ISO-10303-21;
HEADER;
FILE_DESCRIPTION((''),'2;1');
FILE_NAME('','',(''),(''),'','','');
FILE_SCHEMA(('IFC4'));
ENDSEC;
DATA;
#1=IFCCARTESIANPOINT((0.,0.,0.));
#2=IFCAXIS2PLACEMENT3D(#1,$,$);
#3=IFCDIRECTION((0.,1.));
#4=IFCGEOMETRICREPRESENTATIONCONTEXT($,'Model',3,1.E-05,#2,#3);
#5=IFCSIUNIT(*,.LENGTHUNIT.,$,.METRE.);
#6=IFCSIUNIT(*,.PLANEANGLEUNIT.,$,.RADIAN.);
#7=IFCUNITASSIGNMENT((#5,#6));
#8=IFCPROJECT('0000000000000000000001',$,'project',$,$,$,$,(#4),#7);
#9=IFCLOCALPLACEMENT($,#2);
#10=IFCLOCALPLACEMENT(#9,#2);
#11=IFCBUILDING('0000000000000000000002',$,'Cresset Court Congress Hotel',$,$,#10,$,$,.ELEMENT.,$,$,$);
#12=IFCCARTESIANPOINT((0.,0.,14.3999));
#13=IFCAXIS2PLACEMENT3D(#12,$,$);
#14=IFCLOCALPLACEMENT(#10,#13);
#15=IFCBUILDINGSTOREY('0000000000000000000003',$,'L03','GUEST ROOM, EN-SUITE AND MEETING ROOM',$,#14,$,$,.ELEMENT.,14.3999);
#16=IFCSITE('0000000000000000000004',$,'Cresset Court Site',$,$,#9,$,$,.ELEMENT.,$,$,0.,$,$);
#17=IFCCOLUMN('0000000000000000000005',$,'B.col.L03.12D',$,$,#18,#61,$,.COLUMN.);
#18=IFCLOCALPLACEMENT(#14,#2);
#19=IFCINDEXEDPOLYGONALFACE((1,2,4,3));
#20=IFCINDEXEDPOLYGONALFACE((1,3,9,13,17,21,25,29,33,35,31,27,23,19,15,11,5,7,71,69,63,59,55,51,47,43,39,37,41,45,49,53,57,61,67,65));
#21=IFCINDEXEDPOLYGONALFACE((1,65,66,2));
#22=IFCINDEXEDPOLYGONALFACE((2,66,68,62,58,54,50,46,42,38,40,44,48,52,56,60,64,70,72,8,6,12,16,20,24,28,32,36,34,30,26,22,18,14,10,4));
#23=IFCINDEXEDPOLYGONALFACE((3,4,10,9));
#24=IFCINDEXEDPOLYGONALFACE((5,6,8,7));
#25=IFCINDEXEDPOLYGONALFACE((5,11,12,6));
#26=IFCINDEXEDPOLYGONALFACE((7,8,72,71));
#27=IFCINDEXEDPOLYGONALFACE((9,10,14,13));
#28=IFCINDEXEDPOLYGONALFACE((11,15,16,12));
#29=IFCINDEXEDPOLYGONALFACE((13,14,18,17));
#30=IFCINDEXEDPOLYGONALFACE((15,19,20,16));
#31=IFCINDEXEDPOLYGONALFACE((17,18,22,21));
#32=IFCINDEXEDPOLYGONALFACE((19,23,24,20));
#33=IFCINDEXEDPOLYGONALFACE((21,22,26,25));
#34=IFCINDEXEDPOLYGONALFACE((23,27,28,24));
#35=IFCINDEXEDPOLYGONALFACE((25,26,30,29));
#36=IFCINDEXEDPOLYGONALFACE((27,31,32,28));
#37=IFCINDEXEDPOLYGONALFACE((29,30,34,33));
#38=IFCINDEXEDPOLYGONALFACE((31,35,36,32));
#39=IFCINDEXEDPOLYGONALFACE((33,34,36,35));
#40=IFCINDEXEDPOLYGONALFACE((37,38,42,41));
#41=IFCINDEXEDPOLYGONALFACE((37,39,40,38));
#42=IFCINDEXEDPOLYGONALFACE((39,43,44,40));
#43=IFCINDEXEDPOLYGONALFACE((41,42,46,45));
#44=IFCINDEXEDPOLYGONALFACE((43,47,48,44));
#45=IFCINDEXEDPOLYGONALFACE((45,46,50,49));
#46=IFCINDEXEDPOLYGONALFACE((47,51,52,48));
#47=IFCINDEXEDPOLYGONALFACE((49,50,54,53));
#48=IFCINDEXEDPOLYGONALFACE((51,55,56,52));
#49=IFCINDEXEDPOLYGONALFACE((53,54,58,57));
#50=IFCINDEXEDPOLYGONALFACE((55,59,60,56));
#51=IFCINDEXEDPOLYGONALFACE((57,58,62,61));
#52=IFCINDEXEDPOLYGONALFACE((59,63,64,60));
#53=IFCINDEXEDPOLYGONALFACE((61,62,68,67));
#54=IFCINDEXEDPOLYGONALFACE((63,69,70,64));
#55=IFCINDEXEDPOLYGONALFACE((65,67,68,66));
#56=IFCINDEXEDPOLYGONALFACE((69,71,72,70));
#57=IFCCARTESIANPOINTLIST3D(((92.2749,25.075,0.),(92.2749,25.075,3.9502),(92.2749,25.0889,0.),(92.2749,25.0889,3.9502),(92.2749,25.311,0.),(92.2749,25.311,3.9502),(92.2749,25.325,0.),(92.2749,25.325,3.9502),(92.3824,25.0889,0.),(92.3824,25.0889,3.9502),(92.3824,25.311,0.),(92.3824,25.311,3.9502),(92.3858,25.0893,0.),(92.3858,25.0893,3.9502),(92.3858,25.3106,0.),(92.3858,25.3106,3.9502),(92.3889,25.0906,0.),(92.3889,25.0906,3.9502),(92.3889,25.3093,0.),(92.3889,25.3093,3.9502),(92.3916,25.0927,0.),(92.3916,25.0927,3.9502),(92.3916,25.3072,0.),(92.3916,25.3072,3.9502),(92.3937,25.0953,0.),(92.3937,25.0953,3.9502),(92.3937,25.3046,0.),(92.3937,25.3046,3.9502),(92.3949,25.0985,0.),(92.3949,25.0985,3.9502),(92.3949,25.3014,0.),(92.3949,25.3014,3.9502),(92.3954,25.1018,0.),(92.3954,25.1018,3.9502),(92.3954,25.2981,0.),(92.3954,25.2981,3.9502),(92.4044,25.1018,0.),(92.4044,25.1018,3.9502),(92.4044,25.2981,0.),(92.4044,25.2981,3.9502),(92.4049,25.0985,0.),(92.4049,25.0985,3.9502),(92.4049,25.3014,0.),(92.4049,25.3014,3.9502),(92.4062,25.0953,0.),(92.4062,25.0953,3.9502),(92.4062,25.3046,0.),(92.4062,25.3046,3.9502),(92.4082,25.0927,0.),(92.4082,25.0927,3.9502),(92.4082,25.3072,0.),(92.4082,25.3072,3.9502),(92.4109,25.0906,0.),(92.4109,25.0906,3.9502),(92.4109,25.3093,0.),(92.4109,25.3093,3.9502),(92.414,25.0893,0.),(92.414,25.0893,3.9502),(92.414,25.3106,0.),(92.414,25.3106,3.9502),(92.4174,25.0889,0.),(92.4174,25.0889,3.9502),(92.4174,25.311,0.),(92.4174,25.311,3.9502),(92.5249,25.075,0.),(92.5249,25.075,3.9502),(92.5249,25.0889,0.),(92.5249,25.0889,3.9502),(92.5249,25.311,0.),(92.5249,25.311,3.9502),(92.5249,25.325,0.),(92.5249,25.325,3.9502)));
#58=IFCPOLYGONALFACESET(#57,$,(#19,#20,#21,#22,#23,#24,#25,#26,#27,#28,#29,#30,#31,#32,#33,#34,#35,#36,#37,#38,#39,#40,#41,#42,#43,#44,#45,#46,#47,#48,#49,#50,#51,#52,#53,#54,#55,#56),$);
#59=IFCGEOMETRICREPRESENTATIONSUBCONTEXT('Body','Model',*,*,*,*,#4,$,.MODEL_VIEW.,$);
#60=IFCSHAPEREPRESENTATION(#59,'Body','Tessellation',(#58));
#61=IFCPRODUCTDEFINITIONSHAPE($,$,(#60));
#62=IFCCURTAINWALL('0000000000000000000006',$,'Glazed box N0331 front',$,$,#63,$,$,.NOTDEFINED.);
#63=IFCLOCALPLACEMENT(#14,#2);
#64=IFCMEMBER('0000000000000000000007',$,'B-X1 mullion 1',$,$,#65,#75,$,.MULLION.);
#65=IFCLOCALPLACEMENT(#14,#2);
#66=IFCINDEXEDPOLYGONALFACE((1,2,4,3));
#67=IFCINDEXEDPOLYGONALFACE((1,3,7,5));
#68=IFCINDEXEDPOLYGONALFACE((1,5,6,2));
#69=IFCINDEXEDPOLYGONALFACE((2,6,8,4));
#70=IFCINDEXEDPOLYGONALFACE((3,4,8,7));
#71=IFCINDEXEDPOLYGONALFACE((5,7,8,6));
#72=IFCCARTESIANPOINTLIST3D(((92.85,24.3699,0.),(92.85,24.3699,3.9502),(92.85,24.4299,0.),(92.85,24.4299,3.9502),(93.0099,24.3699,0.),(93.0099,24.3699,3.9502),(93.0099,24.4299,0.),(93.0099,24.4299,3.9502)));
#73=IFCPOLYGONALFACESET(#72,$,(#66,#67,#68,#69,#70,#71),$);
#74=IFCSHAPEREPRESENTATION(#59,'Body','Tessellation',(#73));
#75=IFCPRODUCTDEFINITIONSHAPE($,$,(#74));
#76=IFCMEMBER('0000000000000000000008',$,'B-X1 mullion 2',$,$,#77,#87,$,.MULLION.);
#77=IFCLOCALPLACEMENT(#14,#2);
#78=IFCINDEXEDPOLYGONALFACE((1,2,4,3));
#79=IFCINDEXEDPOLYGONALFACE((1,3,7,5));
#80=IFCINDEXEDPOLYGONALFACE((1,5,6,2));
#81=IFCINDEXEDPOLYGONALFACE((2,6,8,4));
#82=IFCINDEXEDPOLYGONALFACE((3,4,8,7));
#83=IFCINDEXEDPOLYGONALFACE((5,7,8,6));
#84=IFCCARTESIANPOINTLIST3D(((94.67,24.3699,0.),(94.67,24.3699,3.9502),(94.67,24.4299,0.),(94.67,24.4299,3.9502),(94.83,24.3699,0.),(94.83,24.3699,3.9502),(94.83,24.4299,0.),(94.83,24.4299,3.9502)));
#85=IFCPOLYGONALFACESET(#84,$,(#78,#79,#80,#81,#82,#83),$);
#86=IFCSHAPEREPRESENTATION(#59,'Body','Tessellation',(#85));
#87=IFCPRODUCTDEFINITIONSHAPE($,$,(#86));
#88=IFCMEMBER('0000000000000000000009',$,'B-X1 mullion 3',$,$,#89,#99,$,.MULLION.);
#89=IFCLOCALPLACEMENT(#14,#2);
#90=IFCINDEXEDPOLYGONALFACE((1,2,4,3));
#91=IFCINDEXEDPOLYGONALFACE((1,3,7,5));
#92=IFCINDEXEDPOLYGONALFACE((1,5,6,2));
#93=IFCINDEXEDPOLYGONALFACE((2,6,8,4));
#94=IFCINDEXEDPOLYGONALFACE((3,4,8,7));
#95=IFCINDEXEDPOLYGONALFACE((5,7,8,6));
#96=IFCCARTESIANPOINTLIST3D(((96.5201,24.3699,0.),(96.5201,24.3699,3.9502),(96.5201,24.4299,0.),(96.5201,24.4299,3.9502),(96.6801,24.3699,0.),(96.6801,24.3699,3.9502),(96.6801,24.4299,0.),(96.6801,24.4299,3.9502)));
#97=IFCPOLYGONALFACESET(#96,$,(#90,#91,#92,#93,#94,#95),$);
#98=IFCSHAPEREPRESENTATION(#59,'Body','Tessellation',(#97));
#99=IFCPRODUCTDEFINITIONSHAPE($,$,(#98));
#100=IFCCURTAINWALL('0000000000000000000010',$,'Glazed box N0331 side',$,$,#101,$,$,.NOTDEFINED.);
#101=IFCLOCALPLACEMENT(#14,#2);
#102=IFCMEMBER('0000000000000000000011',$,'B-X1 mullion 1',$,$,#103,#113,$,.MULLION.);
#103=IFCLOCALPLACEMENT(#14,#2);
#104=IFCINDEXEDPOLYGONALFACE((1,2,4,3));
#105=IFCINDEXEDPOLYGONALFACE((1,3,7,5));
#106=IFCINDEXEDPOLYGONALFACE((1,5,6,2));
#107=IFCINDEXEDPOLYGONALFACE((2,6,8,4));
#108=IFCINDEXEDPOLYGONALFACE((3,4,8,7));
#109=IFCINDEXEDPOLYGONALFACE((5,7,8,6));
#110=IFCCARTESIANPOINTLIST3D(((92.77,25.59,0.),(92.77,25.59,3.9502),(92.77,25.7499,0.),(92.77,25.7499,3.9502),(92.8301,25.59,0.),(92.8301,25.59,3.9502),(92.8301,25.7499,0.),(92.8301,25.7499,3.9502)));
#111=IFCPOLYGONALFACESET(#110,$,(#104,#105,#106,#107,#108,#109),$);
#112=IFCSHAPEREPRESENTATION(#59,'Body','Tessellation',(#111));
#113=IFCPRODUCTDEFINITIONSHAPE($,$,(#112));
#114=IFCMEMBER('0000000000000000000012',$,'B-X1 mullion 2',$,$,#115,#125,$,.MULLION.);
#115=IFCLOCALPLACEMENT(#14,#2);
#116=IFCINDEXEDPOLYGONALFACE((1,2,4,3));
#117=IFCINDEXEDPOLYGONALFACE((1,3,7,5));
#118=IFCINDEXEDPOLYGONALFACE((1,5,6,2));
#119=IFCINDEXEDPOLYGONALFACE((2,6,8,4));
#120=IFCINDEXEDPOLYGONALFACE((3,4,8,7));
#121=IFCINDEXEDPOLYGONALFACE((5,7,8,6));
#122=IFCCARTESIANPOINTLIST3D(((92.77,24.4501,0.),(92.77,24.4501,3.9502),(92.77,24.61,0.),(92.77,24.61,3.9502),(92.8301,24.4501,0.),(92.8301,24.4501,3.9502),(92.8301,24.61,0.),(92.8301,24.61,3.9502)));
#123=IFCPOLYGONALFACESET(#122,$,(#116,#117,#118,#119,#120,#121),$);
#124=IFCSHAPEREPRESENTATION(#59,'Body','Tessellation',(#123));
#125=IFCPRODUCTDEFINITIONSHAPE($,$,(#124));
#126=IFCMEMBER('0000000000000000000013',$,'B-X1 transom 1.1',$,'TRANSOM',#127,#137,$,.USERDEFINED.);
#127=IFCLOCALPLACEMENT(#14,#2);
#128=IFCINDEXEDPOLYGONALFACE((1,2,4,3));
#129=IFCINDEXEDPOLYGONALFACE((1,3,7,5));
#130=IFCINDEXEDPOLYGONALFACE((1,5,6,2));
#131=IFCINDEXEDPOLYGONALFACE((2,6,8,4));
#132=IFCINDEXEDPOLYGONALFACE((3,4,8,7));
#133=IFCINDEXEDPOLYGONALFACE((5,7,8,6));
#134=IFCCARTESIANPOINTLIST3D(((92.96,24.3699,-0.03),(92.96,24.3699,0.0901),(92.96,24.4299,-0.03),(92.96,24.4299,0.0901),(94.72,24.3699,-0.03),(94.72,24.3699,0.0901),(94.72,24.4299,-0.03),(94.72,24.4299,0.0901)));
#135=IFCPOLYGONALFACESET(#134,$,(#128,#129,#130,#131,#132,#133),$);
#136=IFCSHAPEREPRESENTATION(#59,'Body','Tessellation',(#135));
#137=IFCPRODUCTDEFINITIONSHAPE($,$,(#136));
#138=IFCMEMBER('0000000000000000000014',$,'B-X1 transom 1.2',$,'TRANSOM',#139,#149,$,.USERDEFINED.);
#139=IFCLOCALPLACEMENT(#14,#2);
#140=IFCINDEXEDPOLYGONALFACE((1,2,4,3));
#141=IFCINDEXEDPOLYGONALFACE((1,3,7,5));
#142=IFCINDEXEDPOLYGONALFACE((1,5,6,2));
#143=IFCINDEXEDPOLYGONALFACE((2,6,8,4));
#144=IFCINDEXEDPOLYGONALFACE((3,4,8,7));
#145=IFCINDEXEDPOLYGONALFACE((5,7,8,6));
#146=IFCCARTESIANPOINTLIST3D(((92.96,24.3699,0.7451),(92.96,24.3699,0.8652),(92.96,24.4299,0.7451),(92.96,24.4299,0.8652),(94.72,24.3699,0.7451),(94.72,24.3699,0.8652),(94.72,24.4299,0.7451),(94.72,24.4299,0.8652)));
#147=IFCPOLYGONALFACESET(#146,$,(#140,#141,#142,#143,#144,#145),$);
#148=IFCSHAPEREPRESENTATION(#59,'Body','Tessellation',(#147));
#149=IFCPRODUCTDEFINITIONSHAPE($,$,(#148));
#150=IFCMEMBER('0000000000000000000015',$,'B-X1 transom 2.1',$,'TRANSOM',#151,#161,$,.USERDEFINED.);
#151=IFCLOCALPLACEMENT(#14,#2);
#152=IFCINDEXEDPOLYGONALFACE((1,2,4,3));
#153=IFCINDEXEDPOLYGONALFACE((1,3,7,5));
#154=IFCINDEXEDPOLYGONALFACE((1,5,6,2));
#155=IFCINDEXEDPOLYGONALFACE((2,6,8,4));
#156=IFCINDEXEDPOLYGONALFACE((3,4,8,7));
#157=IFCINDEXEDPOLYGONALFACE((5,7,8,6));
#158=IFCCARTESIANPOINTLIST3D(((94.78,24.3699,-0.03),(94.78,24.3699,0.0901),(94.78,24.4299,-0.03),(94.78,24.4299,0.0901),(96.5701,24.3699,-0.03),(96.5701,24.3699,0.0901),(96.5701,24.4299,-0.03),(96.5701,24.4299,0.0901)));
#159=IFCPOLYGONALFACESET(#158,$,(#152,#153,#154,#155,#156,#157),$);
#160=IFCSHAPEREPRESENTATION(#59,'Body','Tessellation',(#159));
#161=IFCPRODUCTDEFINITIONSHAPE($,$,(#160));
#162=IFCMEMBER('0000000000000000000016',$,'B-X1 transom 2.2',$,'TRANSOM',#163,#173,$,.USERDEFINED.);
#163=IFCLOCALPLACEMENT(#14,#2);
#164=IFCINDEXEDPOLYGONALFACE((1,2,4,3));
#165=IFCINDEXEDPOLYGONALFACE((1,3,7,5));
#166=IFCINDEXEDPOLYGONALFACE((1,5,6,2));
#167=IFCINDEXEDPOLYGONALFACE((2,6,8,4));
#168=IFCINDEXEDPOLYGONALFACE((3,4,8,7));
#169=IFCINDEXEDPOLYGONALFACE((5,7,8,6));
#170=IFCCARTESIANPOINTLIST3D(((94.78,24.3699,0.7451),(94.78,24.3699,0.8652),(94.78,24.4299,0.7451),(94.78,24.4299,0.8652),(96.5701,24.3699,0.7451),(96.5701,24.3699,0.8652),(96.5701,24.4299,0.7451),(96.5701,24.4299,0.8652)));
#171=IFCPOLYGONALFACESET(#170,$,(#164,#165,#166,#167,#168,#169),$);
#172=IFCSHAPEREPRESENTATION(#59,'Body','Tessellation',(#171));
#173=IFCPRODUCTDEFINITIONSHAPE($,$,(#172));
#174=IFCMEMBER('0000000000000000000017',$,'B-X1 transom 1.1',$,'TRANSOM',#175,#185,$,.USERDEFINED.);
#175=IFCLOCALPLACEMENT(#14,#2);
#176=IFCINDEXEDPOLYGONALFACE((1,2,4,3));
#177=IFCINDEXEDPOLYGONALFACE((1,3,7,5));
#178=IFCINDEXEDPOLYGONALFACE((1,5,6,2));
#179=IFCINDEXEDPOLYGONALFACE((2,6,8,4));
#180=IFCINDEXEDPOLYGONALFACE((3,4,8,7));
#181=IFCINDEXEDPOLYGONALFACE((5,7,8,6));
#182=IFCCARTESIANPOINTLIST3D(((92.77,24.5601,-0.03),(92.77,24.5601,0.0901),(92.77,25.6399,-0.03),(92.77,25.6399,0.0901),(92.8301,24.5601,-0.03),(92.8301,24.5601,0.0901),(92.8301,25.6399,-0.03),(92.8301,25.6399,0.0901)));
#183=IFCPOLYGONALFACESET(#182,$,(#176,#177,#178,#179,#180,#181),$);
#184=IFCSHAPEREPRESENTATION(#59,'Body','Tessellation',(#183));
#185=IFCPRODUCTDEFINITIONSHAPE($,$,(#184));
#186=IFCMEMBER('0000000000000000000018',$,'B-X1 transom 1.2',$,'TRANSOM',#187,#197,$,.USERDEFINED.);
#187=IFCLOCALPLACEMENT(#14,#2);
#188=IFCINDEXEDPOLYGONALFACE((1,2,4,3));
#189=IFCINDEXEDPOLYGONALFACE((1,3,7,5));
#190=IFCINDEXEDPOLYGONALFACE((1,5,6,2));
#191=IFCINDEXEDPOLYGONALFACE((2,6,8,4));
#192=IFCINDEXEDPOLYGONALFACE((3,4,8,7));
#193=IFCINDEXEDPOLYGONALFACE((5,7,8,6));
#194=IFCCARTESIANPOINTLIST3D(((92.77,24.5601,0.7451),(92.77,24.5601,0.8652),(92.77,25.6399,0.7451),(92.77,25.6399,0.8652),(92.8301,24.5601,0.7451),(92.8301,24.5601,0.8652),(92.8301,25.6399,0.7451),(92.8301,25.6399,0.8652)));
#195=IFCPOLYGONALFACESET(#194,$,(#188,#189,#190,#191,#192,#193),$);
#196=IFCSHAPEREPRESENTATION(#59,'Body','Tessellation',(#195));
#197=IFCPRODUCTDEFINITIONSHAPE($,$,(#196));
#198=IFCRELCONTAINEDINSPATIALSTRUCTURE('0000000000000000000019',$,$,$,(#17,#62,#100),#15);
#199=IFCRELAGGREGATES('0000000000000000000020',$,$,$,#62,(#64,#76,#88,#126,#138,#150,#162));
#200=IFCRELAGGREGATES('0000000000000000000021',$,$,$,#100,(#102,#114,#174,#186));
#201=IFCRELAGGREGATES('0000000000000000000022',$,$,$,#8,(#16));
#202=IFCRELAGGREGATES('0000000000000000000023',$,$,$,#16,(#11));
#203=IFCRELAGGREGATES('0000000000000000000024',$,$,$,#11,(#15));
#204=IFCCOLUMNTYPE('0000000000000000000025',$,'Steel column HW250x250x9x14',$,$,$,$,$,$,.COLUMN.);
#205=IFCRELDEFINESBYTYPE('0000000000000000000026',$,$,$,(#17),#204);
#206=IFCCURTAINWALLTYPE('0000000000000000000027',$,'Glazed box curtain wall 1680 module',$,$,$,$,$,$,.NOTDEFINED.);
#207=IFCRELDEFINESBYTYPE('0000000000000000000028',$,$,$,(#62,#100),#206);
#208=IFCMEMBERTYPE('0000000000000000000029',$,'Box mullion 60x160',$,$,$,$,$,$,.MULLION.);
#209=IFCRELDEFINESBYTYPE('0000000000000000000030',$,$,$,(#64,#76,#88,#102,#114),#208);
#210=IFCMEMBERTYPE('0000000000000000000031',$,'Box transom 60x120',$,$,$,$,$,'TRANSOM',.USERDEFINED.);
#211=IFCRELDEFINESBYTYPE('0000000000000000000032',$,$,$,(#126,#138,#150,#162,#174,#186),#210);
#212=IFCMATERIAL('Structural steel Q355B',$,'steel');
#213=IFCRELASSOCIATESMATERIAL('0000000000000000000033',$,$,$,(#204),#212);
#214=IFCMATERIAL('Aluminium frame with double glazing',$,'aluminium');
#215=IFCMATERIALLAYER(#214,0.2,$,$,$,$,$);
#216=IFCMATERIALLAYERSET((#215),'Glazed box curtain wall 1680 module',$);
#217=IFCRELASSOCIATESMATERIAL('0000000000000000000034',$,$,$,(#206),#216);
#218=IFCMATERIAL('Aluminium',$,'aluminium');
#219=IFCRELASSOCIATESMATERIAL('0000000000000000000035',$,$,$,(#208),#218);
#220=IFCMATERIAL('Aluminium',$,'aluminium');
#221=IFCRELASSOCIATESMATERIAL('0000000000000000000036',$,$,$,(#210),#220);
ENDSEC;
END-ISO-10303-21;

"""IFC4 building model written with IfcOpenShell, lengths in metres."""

from ifc_helpers import new_model, si_unit, direction, frame, origin, origin_2d, place, context, subcontext, project, spatial, rectangle, i_section, extrude, material, layer, layer_set, material_profile, profile_set, type_object, element, aggregate, save


model = new_model("IFC4")

# Units and contexts
model_context = context("Model", 3, precision=1e-05, world=origin(), true_north=direction((0.0, 1.0)))
body_context = subcontext(model_context, "Body", "Model", "MODEL_VIEW")
ifc_project = project(units=[si_unit("LENGTHUNIT", "METRE"), si_unit("PLANEANGLEUNIT", "RADIAN")], contexts=[model_context])

# Site, building, storey
site_placement = place(None, origin())
site = spatial("IfcSite", under=ifc_project, at=site_placement, Name="Cresset Court Site", CompositionType="ELEMENT", RefElevation=0.0)
building_placement = place(site_placement, origin())
building = spatial("IfcBuilding", under=site, at=building_placement, Name="Cresset Court Congress Hotel", CompositionType="ELEMENT")
storey_placement = place(building_placement, frame((0.0, 0.0, 14.3999)))
storey = spatial("IfcBuildingStorey", under=building, at=storey_placement, Name="L03", Description="GUEST ROOM, EN-SUITE AND MEETING ROOM", CompositionType="ELEMENT", Elevation=14.3999)

# Column
ifc_material_1 = material(Name="Structural steel Q355B", Category="steel")
ifc_material_profile_1 = material_profile(ifc_material_1, i_section(OverallWidth=0.25, OverallDepth=0.25, WebThickness=0.009, FlangeThickness=0.0139, FilletRadius=0.0129, at=origin_2d()), Name="HW250x250x9x14")
ifc_profile_set_1 = profile_set([ifc_material_profile_1], Name="Structural steel Q355B")
column_type = type_object("IfcColumnType", Name="Steel column HW250x250x9x14", PredefinedType="COLUMN", material=ifc_profile_set_1)
column_placement = place(storey_placement, frame((92.3999, 25.2, 0.0), z_axis=(0.0, 0.0, 1.0), x_axis=(1.0, 0.0, 0.0)))
element("IfcColumn", 1, at=column_placement, inside=storey, type_object=column_type, Name="B.col.L03.12D", PredefinedType="COLUMN", context=body_context, shape_type="SweptSolid", body=[
    extrude(i_section(OverallWidth=0.25, OverallDepth=0.25, WebThickness=0.009, FlangeThickness=0.0139, FilletRadius=0.0129, at=origin_2d()), origin(), (0.0, 0.0, 1.0), 3.9502),
])

# Curtain walls, members
ifc_material_2 = material(Name="Aluminium frame with double glazing", Category="aluminium")
ifc_layer_1 = layer(ifc_material_2, 0.2)
ifc_layer_set_1 = layer_set([ifc_layer_1], Name="Glazed box curtain wall 1680 module")
curtain_wall_type = type_object("IfcCurtainWallType", Name="Glazed box curtain wall 1680 module", PredefinedType="NOTDEFINED", material=ifc_layer_set_1)
curtain_wall_1_placement = place(storey_placement, origin())
curtain_wall_1 = element("IfcCurtainWall", 2, at=curtain_wall_1_placement, inside=storey, type_object=curtain_wall_type, Name="Glazed box N0331 front", PredefinedType="NOTDEFINED")
ifc_material_3 = material(Name="Aluminium", Category="aluminium")
ifc_material_profile_2 = material_profile(ifc_material_3, rectangle(XDim=0.0601, YDim=0.1599, at=origin_2d()), Name="Box mullion 60x160")
ifc_profile_set_2 = profile_set([ifc_material_profile_2], Name="Aluminium")
member_type_1 = type_object("IfcMemberType", Name="Box mullion 60x160", PredefinedType="MULLION", material=ifc_profile_set_2)
member_1_placement = place(storey_placement, frame((92.9299, 24.3999, 0.0), z_axis=(0.0, 0.0, 1.0), x_axis=(0.0, 1.0, 0.0)))
member_1 = element("IfcMember", 3, at=member_1_placement, type_object=member_type_1, Name="B-X1 mullion 1", PredefinedType="MULLION", context=body_context, shape_type="SweptSolid", body=[
    extrude(rectangle(XDim=0.0601, YDim=0.1599, at=origin_2d()), origin(), (0.0, 0.0, 1.0), 3.9502),
])
member_2_placement = place(storey_placement, frame((94.75, 24.3999, 0.0), z_axis=(0.0, 0.0, 1.0), x_axis=(0.0, 1.0, 0.0)))
member_2 = element("IfcMember", 4, at=member_2_placement, type_object=member_type_1, Name="B-X1 mullion 2", PredefinedType="MULLION", context=body_context, shape_type="SweptSolid", body=[
    extrude(rectangle(XDim=0.0601, YDim=0.1599, at=origin_2d()), origin(), (0.0, 0.0, 1.0), 3.9502),
])
member_3_placement = place(storey_placement, frame((96.6001, 24.3999, 0.0), z_axis=(0.0, 0.0, 1.0), x_axis=(0.0, 1.0, 0.0)))
member_3 = element("IfcMember", 5, at=member_3_placement, type_object=member_type_1, Name="B-X1 mullion 3", PredefinedType="MULLION", context=body_context, shape_type="SweptSolid", body=[
    extrude(rectangle(XDim=0.0601, YDim=0.1599, at=origin_2d()), origin(), (0.0, 0.0, 1.0), 3.9502),
])
curtain_wall_2_placement = place(storey_placement, origin())
curtain_wall_2 = element("IfcCurtainWall", 6, at=curtain_wall_2_placement, inside=storey, type_object=curtain_wall_type, Name="Glazed box N0331 side", PredefinedType="NOTDEFINED")
member_4_placement = place(storey_placement, frame((92.8, 25.6699, 0.0), z_axis=(0.0, 0.0, 1.0), x_axis=(1.0, 0.0, 0.0)))
member_4 = element("IfcMember", 7, at=member_4_placement, type_object=member_type_1, Name="B-X1 mullion 1", PredefinedType="MULLION", context=body_context, shape_type="SweptSolid", body=[
    extrude(rectangle(XDim=0.0601, YDim=0.1599, at=origin_2d()), origin(), (0.0, 0.0, 1.0), 3.9502),
])
member_5_placement = place(storey_placement, frame((92.8, 24.53, 0.0), z_axis=(0.0, 0.0, 1.0), x_axis=(1.0, 0.0, 0.0)))
member_5 = element("IfcMember", 8, at=member_5_placement, type_object=member_type_1, Name="B-X1 mullion 2", PredefinedType="MULLION", context=body_context, shape_type="SweptSolid", body=[
    extrude(rectangle(XDim=0.0601, YDim=0.1599, at=origin_2d()), origin(), (0.0, 0.0, 1.0), 3.9502),
])

# Members
ifc_material_4 = material(Name="Aluminium", Category="aluminium")
ifc_material_profile_3 = material_profile(ifc_material_4, rectangle(XDim=0.0601, YDim=0.1201, at=origin_2d()), Name="Box transom 60x120")
ifc_profile_set_3 = profile_set([ifc_material_profile_3], Name="Aluminium")
member_type_2 = type_object("IfcMemberType", Name="Box transom 60x120", ElementType="TRANSOM", PredefinedType="USERDEFINED", material=ifc_profile_set_3)
member_6_placement = place(storey_placement, frame((92.96, 24.3999, 0.03), z_axis=(1.0, 0.0, 0.0), x_axis=(0.0, 1.0, 0.0)))
member_6 = element("IfcMember", 9, at=member_6_placement, type_object=member_type_2, Name="B-X1 transom 1.1", ObjectType="TRANSOM", PredefinedType="USERDEFINED", context=body_context, shape_type="SweptSolid", body=[
    extrude(rectangle(XDim=0.0601, YDim=0.1201, at=origin_2d()), origin(), (0.0, 0.0, 1.0), 1.76),
])
member_7_placement = place(storey_placement, frame((92.96, 24.3999, 0.8052), z_axis=(1.0, 0.0, 0.0), x_axis=(0.0, 1.0, 0.0)))
member_7 = element("IfcMember", 10, at=member_7_placement, type_object=member_type_2, Name="B-X1 transom 1.2", ObjectType="TRANSOM", PredefinedType="USERDEFINED", context=body_context, shape_type="SweptSolid", body=[
    extrude(rectangle(XDim=0.0601, YDim=0.1201, at=origin_2d()), origin(), (0.0, 0.0, 1.0), 1.76),
])
member_8_placement = place(storey_placement, frame((94.78, 24.3999, 0.03), z_axis=(1.0, 0.0, 0.0), x_axis=(0.0, 1.0, 0.0)))
member_8 = element("IfcMember", 11, at=member_8_placement, type_object=member_type_2, Name="B-X1 transom 2.1", ObjectType="TRANSOM", PredefinedType="USERDEFINED", context=body_context, shape_type="SweptSolid", body=[
    extrude(rectangle(XDim=0.0601, YDim=0.1201, at=origin_2d()), origin(), (0.0, 0.0, 1.0), 1.79),
])
member_9_placement = place(storey_placement, frame((94.78, 24.3999, 0.8052), z_axis=(1.0, 0.0, 0.0), x_axis=(0.0, 1.0, 0.0)))
member_9 = element("IfcMember", 12, at=member_9_placement, type_object=member_type_2, Name="B-X1 transom 2.2", ObjectType="TRANSOM", PredefinedType="USERDEFINED", context=body_context, shape_type="SweptSolid", body=[
    extrude(rectangle(XDim=0.0601, YDim=0.1201, at=origin_2d()), origin(), (0.0, 0.0, 1.0), 1.79),
])
member_10_placement = place(storey_placement, frame((92.8, 25.6399, 0.03), z_axis=(0.0, -1.0, 0.0), x_axis=(1.0, 0.0, 0.0)))
member_10 = element("IfcMember", 13, at=member_10_placement, type_object=member_type_2, Name="B-X1 transom 1.1", ObjectType="TRANSOM", PredefinedType="USERDEFINED", context=body_context, shape_type="SweptSolid", body=[
    extrude(rectangle(XDim=0.0601, YDim=0.1201, at=origin_2d()), origin(), (0.0, 0.0, 1.0), 1.0798),
])
member_11_placement = place(storey_placement, frame((92.8, 25.6399, 0.8052), z_axis=(0.0, -1.0, 0.0), x_axis=(1.0, 0.0, 0.0)))
member_11 = element("IfcMember", 14, at=member_11_placement, type_object=member_type_2, Name="B-X1 transom 1.2", ObjectType="TRANSOM", PredefinedType="USERDEFINED", context=body_context, shape_type="SweptSolid", body=[
    extrude(rectangle(XDim=0.0601, YDim=0.1201, at=origin_2d()), origin(), (0.0, 0.0, 1.0), 1.0798),
])

aggregate(curtain_wall_1, [member_1, member_2, member_3, member_6, member_7, member_8, member_9])
aggregate(curtain_wall_2, [member_4, member_5, member_10, member_11])

save(model, "model.ifc")
